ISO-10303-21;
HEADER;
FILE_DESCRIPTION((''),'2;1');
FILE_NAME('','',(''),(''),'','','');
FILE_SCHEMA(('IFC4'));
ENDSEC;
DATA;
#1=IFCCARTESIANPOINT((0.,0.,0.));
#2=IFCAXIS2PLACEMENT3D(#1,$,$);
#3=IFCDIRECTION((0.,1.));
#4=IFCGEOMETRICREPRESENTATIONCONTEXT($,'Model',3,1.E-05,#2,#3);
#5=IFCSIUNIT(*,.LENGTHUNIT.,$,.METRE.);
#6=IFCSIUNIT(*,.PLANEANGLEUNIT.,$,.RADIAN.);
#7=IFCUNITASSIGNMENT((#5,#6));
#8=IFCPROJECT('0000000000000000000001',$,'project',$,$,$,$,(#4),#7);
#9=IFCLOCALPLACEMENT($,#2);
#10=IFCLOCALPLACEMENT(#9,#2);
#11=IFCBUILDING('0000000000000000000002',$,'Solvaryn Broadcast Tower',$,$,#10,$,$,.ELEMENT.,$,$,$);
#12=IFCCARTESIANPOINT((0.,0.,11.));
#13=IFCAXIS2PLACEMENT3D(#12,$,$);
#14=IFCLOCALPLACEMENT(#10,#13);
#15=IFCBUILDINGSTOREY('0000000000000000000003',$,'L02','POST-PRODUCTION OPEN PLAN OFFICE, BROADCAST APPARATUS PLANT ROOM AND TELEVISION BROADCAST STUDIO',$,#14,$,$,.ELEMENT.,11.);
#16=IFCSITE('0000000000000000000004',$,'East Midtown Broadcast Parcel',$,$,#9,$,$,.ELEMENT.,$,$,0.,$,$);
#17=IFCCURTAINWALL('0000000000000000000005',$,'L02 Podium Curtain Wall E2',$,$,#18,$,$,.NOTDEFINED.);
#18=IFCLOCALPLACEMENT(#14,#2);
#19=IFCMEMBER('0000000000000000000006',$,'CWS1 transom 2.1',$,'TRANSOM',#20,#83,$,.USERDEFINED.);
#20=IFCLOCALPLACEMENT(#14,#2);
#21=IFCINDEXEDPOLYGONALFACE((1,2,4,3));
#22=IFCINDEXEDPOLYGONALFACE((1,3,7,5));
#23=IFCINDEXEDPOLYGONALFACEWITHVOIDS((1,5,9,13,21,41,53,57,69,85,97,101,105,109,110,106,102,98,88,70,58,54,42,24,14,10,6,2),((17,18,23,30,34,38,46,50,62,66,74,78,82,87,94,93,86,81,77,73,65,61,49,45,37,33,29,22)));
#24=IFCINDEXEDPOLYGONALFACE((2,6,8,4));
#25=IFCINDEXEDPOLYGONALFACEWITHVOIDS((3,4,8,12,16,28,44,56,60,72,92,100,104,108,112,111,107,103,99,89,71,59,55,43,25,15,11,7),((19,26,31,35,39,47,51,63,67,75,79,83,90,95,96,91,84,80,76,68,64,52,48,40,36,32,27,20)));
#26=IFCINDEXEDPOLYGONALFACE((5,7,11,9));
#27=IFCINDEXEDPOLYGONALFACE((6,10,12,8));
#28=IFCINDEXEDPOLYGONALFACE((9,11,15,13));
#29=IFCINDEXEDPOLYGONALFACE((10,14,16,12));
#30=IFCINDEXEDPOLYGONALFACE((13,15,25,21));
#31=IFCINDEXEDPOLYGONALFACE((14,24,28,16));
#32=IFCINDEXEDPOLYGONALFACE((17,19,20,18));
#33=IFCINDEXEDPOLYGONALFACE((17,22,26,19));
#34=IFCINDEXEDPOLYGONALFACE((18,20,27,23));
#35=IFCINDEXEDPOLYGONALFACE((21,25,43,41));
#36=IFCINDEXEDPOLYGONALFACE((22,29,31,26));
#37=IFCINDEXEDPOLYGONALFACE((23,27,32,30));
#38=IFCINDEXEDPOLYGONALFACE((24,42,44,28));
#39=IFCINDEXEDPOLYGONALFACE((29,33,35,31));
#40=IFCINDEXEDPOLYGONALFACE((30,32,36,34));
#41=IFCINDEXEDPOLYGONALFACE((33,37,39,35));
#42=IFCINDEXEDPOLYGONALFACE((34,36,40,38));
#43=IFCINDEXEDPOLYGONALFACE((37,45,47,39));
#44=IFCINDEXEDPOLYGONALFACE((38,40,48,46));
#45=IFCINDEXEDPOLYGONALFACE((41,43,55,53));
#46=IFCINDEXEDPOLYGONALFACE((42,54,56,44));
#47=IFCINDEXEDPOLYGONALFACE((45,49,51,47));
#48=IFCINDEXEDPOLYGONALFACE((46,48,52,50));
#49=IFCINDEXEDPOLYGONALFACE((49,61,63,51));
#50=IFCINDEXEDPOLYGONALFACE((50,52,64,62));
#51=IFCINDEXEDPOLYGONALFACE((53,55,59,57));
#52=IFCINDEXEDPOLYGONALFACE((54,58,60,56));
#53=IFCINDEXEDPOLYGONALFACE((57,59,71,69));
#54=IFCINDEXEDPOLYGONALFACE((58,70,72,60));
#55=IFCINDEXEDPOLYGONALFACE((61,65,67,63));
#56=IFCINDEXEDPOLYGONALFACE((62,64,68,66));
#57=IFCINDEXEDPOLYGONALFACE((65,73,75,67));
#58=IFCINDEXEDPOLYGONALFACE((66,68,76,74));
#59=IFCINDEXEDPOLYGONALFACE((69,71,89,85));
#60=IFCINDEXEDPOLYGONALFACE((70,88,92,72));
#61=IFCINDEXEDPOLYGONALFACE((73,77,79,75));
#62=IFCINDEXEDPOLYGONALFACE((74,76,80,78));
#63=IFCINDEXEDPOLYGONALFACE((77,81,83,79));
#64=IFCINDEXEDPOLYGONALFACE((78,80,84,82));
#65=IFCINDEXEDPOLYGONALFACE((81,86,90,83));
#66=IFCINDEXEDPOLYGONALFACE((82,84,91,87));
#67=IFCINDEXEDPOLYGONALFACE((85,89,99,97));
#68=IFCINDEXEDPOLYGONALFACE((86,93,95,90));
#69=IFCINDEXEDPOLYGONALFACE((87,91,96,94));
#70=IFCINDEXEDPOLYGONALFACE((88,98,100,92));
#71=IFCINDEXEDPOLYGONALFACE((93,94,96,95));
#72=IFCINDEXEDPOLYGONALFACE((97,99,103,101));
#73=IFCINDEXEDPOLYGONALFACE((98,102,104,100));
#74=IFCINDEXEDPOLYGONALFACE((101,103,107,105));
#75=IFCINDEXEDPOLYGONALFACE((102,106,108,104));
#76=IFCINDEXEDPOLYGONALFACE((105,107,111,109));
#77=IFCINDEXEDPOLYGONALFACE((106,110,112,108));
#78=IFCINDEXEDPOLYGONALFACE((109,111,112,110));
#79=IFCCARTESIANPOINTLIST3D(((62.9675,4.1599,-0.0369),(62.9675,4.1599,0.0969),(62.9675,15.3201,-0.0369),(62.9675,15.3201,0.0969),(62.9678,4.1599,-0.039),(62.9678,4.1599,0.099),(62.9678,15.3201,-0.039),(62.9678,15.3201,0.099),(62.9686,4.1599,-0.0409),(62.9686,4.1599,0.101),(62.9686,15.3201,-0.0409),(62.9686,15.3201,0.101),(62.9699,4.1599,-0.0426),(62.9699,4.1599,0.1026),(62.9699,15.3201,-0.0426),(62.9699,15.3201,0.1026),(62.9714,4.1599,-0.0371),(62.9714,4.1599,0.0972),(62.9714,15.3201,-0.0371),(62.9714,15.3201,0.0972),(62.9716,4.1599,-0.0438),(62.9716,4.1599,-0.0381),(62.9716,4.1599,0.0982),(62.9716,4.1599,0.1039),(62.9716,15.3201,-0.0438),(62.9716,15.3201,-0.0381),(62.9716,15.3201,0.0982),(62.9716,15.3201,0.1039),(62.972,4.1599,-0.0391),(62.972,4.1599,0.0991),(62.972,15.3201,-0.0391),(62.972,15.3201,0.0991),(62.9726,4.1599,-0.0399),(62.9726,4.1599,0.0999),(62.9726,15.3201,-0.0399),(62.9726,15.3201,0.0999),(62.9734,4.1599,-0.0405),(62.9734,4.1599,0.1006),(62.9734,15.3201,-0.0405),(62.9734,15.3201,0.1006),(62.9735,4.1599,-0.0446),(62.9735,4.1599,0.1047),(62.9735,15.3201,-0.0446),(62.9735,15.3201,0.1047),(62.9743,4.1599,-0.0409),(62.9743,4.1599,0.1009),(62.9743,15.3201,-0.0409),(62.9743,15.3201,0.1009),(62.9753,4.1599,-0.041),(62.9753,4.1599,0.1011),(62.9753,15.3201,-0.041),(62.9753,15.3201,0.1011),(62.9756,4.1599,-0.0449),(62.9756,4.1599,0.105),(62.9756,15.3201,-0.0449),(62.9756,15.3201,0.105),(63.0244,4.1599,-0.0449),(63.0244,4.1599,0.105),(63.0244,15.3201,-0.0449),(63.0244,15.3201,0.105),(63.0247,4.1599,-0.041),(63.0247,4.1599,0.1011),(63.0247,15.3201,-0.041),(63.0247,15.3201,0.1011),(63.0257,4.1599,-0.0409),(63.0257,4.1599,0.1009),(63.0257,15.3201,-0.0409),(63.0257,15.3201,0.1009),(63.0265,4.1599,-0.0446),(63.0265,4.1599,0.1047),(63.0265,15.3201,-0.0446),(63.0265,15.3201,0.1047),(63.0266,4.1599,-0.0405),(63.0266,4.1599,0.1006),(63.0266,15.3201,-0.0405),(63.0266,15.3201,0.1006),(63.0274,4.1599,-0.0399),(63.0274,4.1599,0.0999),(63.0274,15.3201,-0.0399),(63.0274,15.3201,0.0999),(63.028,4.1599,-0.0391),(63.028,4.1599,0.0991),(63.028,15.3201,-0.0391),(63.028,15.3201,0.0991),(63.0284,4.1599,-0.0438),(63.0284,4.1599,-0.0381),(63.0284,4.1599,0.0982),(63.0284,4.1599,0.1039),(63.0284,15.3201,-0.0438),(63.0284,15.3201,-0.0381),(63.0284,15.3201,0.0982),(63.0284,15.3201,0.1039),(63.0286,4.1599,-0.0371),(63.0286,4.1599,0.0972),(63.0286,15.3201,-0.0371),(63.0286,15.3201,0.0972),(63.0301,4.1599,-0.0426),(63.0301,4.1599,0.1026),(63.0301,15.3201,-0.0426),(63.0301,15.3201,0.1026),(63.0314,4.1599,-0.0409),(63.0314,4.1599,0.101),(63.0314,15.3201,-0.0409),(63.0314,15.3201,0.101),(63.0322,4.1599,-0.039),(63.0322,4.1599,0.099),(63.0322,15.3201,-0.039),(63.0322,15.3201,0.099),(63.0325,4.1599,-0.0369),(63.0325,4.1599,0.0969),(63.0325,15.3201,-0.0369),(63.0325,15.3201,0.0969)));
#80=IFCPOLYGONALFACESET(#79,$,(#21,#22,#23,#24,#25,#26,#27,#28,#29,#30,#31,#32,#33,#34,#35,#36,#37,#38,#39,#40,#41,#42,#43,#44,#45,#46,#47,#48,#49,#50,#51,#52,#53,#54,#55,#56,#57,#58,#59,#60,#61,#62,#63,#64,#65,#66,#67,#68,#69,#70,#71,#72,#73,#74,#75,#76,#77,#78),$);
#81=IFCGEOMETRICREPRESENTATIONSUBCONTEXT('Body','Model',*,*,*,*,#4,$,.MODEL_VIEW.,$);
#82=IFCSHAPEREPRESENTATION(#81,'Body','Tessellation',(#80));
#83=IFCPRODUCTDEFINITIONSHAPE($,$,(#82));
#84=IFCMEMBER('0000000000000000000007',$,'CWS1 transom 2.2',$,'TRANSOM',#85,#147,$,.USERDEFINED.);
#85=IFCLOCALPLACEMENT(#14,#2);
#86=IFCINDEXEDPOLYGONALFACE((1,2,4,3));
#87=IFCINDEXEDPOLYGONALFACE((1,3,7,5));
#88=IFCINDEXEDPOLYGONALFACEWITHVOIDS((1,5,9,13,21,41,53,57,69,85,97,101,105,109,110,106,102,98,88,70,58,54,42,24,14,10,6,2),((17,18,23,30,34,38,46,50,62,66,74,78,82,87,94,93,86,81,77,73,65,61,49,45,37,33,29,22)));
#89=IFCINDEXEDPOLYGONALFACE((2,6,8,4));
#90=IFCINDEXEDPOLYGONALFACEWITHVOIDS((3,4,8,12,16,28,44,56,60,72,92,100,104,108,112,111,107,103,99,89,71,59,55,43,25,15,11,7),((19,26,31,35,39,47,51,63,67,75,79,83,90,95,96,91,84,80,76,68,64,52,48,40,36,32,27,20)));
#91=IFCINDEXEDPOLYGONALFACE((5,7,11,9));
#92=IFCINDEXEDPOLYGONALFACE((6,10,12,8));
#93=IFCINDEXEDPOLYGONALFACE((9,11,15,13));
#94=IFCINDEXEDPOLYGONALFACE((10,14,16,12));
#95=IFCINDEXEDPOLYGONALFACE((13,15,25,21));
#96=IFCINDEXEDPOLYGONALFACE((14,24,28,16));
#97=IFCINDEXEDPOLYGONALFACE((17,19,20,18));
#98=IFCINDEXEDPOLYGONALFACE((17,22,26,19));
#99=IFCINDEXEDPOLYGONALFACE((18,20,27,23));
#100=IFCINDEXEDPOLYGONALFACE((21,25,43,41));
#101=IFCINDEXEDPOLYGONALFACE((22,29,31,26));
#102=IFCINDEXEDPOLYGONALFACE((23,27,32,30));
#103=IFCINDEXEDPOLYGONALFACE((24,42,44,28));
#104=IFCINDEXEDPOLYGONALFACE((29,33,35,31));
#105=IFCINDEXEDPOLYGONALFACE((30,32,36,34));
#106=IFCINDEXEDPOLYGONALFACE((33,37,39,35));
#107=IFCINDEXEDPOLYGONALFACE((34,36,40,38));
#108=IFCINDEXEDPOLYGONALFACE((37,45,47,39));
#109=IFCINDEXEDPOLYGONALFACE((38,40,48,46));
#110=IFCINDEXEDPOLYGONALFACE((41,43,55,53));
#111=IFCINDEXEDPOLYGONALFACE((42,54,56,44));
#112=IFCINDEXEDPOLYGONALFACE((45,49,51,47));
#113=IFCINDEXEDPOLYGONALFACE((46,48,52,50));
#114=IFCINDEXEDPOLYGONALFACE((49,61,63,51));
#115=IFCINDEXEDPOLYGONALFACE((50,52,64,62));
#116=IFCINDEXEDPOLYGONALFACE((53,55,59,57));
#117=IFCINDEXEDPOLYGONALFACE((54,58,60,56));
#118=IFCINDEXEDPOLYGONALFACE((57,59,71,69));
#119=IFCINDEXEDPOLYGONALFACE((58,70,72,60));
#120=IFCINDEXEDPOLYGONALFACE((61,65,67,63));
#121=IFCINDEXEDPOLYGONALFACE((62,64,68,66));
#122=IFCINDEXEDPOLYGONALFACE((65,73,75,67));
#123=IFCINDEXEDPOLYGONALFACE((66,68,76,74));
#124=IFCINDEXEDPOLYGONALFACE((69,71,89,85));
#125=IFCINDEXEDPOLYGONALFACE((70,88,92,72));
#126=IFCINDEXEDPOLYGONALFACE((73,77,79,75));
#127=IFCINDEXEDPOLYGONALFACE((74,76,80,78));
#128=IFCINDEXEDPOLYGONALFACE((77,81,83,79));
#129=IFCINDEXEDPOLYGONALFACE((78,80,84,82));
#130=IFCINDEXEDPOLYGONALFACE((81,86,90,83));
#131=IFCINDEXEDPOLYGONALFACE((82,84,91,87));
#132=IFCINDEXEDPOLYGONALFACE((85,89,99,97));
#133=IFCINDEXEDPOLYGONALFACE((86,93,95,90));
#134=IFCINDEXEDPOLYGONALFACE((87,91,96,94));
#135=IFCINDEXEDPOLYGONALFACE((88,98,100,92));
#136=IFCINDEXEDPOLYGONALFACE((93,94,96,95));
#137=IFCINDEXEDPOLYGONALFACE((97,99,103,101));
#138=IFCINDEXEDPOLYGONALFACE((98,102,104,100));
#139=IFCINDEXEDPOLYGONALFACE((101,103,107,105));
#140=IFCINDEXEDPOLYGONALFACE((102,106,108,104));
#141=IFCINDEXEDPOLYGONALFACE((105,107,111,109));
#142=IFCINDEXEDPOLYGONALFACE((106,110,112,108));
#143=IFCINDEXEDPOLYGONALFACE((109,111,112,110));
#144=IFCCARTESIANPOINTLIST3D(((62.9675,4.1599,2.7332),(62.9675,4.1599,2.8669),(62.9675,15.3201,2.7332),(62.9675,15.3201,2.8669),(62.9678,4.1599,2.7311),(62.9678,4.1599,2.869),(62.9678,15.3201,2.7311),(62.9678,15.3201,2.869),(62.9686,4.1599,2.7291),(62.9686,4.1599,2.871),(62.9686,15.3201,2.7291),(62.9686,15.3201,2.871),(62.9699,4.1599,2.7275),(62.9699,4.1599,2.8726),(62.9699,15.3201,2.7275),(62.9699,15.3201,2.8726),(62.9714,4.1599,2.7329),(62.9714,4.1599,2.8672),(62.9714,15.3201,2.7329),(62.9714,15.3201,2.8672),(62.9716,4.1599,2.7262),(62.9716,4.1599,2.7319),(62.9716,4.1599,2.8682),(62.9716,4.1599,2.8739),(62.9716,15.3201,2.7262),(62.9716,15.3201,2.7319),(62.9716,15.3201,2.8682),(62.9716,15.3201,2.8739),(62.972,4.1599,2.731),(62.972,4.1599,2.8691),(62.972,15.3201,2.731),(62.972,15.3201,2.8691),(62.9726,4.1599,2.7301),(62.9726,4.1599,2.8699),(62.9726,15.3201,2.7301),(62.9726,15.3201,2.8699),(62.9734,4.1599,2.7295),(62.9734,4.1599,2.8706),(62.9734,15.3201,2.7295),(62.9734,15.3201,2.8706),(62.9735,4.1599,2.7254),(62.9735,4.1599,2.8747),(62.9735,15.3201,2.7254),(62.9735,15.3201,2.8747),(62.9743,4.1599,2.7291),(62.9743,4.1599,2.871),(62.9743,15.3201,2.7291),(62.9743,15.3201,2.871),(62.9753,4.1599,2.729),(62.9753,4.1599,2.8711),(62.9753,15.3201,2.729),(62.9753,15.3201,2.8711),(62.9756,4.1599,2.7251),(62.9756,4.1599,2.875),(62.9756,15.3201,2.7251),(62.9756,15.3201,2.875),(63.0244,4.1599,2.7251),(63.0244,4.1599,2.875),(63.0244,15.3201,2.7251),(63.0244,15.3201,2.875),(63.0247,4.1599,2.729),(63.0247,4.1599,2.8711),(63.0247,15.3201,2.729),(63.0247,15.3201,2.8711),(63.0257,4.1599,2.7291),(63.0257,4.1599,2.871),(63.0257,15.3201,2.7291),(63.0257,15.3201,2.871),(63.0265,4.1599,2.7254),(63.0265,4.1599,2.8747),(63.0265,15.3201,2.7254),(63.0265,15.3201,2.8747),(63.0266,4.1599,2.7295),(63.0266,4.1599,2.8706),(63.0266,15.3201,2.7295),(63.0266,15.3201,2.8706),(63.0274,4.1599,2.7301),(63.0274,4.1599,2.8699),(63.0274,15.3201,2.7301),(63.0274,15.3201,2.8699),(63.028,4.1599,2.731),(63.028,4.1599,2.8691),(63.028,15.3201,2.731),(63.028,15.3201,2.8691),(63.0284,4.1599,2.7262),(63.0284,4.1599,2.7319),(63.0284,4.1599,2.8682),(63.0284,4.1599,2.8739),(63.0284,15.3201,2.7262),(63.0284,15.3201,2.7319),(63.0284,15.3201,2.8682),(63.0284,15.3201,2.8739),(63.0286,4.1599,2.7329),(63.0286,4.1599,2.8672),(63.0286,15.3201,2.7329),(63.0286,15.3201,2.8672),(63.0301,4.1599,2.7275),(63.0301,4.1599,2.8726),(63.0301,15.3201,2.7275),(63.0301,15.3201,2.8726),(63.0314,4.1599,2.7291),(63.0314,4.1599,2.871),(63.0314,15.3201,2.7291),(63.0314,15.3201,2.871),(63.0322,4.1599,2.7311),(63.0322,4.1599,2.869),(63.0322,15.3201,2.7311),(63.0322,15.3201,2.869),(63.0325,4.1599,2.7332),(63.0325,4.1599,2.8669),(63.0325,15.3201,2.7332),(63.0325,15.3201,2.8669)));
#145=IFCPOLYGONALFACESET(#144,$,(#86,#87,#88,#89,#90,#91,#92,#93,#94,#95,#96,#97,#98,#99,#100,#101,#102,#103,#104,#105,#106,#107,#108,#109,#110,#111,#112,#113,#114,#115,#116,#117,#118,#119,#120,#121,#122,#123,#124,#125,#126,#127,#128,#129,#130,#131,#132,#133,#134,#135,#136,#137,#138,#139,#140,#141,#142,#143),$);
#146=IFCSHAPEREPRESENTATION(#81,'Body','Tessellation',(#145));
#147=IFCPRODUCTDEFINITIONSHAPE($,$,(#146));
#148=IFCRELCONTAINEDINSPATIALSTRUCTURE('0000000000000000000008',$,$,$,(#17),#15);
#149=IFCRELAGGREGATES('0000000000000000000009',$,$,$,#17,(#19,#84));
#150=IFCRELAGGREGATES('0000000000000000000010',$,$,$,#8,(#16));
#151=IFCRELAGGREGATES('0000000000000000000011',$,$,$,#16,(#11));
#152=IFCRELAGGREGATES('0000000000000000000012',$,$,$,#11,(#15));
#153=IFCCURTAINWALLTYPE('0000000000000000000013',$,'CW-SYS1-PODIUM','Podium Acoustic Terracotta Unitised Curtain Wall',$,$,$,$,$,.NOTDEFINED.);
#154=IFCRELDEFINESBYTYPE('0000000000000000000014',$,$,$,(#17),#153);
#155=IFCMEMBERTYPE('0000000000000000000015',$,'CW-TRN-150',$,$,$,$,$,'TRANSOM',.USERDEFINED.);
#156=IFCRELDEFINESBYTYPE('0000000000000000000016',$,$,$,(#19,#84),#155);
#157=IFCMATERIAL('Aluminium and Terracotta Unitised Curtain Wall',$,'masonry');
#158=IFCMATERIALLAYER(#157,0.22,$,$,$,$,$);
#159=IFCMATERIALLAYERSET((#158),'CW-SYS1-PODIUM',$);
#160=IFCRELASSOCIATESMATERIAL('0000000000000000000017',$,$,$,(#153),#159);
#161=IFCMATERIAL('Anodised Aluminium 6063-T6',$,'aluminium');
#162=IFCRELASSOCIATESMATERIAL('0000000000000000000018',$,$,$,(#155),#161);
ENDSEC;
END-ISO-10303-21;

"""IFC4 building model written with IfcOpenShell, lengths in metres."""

from ifc_helpers import new_model, si_unit, direction, frame, origin, origin_2d, place, context, subcontext, project, spatial, hollow_rectangle, extrude, material, layer, layer_set, material_profile, profile_set, type_object, element, aggregate, save


model = new_model("IFC4")

# Units and contexts
model_context = context("Model", 3, precision=1e-05, world=origin(), true_north=direction((0.0, 1.0)))
body_context = subcontext(model_context, "Body", "Model", "MODEL_VIEW")
ifc_project = project(units=[si_unit("LENGTHUNIT", "METRE"), si_unit("PLANEANGLEUNIT", "RADIAN")], contexts=[model_context])

# Site, building, storey
site_placement = place(None, origin())
site = spatial("IfcSite", under=ifc_project, at=site_placement, Name="East Midtown Broadcast Parcel", CompositionType="ELEMENT", RefElevation=0.0)
building_placement = place(site_placement, origin())
building = spatial("IfcBuilding", under=site, at=building_placement, Name="Solvaryn Broadcast Tower", CompositionType="ELEMENT")
storey_placement = place(building_placement, frame((0.0, 0.0, 11.0)))
storey = spatial("IfcBuildingStorey", under=building, at=storey_placement, Name="L02", Description="POST-PRODUCTION OPEN PLAN OFFICE, BROADCAST APPARATUS PLANT ROOM AND TELEVISION BROADCAST STUDIO", CompositionType="ELEMENT", Elevation=11.0)

# Shared definitions
ifc_material_1 = material(Name="Aluminium and Terracotta Unitised Curtain Wall", Category="masonry")
ifc_layer_1 = layer(ifc_material_1, 0.22)
ifc_layer_set_1 = layer_set([ifc_layer_1], Name="CW-SYS1-PODIUM")
curtain_wall_type = type_object("IfcCurtainWallType", Name="CW-SYS1-PODIUM", Description="Podium Acoustic Terracotta Unitised Curtain Wall", PredefinedType="NOTDEFINED", material=ifc_layer_set_1)

# Curtain wall
curtain_wall_1_placement = place(storey_placement, origin())
curtain_wall_1 = element("IfcCurtainWall", 1, at=curtain_wall_1_placement, inside=storey, type_object=curtain_wall_type, Name="L02 Podium Curtain Wall E2", PredefinedType="NOTDEFINED")

# Members
ifc_material_2 = material(Name="Anodised Aluminium 6063-T6", Category="aluminium")
ifc_material_profile_1 = material_profile(ifc_material_2, hollow_rectangle(XDim=0.0649, YDim=0.1499, WallThickness=0.0039, InnerFilletRadius=0.0039, OuterFilletRadius=0.0081, at=origin_2d()))
ifc_profile_set_1 = profile_set([ifc_material_profile_1], Name="Anodised Aluminium 6063-T6")
member_type_1 = type_object("IfcMemberType", Name="CW-TRN-150", ElementType="TRANSOM", PredefinedType="USERDEFINED", material=ifc_profile_set_1)
member_1_placement = place(storey_placement, frame((63.0, 15.3201, 0.03), z_axis=(0.0, -1.0, 0.0), x_axis=(1.0, 0.0, 0.0)))
member_1 = element("IfcMember", 2, at=member_1_placement, type_object=member_type_1, Name="CWS1 transom 2.1", ObjectType="TRANSOM", PredefinedType="USERDEFINED", context=body_context, shape_type="SweptSolid", body=[
    extrude(hollow_rectangle(XDim=0.0649, YDim=0.1499, WallThickness=0.0039, InnerFilletRadius=0.0039, OuterFilletRadius=0.0081, at=origin_2d()), origin(), (0.0, 0.0, 1.0), 11.1602),
])
member_2_placement = place(storey_placement, frame((63.0, 15.3201, 2.8), z_axis=(0.0, -1.0, 0.0), x_axis=(1.0, 0.0, 0.0)))
member_2 = element("IfcMember", 3, at=member_2_placement, type_object=member_type_1, Name="CWS1 transom 2.2", ObjectType="TRANSOM", PredefinedType="USERDEFINED", context=body_context, shape_type="SweptSolid", body=[
    extrude(hollow_rectangle(XDim=0.0649, YDim=0.1499, WallThickness=0.0039, InnerFilletRadius=0.0039, OuterFilletRadius=0.0081, at=origin_2d()), origin(), (0.0, 0.0, 1.0), 11.1602),
])

aggregate(curtain_wall_1, [member_1, member_2])

save(model, "model.ifc")
